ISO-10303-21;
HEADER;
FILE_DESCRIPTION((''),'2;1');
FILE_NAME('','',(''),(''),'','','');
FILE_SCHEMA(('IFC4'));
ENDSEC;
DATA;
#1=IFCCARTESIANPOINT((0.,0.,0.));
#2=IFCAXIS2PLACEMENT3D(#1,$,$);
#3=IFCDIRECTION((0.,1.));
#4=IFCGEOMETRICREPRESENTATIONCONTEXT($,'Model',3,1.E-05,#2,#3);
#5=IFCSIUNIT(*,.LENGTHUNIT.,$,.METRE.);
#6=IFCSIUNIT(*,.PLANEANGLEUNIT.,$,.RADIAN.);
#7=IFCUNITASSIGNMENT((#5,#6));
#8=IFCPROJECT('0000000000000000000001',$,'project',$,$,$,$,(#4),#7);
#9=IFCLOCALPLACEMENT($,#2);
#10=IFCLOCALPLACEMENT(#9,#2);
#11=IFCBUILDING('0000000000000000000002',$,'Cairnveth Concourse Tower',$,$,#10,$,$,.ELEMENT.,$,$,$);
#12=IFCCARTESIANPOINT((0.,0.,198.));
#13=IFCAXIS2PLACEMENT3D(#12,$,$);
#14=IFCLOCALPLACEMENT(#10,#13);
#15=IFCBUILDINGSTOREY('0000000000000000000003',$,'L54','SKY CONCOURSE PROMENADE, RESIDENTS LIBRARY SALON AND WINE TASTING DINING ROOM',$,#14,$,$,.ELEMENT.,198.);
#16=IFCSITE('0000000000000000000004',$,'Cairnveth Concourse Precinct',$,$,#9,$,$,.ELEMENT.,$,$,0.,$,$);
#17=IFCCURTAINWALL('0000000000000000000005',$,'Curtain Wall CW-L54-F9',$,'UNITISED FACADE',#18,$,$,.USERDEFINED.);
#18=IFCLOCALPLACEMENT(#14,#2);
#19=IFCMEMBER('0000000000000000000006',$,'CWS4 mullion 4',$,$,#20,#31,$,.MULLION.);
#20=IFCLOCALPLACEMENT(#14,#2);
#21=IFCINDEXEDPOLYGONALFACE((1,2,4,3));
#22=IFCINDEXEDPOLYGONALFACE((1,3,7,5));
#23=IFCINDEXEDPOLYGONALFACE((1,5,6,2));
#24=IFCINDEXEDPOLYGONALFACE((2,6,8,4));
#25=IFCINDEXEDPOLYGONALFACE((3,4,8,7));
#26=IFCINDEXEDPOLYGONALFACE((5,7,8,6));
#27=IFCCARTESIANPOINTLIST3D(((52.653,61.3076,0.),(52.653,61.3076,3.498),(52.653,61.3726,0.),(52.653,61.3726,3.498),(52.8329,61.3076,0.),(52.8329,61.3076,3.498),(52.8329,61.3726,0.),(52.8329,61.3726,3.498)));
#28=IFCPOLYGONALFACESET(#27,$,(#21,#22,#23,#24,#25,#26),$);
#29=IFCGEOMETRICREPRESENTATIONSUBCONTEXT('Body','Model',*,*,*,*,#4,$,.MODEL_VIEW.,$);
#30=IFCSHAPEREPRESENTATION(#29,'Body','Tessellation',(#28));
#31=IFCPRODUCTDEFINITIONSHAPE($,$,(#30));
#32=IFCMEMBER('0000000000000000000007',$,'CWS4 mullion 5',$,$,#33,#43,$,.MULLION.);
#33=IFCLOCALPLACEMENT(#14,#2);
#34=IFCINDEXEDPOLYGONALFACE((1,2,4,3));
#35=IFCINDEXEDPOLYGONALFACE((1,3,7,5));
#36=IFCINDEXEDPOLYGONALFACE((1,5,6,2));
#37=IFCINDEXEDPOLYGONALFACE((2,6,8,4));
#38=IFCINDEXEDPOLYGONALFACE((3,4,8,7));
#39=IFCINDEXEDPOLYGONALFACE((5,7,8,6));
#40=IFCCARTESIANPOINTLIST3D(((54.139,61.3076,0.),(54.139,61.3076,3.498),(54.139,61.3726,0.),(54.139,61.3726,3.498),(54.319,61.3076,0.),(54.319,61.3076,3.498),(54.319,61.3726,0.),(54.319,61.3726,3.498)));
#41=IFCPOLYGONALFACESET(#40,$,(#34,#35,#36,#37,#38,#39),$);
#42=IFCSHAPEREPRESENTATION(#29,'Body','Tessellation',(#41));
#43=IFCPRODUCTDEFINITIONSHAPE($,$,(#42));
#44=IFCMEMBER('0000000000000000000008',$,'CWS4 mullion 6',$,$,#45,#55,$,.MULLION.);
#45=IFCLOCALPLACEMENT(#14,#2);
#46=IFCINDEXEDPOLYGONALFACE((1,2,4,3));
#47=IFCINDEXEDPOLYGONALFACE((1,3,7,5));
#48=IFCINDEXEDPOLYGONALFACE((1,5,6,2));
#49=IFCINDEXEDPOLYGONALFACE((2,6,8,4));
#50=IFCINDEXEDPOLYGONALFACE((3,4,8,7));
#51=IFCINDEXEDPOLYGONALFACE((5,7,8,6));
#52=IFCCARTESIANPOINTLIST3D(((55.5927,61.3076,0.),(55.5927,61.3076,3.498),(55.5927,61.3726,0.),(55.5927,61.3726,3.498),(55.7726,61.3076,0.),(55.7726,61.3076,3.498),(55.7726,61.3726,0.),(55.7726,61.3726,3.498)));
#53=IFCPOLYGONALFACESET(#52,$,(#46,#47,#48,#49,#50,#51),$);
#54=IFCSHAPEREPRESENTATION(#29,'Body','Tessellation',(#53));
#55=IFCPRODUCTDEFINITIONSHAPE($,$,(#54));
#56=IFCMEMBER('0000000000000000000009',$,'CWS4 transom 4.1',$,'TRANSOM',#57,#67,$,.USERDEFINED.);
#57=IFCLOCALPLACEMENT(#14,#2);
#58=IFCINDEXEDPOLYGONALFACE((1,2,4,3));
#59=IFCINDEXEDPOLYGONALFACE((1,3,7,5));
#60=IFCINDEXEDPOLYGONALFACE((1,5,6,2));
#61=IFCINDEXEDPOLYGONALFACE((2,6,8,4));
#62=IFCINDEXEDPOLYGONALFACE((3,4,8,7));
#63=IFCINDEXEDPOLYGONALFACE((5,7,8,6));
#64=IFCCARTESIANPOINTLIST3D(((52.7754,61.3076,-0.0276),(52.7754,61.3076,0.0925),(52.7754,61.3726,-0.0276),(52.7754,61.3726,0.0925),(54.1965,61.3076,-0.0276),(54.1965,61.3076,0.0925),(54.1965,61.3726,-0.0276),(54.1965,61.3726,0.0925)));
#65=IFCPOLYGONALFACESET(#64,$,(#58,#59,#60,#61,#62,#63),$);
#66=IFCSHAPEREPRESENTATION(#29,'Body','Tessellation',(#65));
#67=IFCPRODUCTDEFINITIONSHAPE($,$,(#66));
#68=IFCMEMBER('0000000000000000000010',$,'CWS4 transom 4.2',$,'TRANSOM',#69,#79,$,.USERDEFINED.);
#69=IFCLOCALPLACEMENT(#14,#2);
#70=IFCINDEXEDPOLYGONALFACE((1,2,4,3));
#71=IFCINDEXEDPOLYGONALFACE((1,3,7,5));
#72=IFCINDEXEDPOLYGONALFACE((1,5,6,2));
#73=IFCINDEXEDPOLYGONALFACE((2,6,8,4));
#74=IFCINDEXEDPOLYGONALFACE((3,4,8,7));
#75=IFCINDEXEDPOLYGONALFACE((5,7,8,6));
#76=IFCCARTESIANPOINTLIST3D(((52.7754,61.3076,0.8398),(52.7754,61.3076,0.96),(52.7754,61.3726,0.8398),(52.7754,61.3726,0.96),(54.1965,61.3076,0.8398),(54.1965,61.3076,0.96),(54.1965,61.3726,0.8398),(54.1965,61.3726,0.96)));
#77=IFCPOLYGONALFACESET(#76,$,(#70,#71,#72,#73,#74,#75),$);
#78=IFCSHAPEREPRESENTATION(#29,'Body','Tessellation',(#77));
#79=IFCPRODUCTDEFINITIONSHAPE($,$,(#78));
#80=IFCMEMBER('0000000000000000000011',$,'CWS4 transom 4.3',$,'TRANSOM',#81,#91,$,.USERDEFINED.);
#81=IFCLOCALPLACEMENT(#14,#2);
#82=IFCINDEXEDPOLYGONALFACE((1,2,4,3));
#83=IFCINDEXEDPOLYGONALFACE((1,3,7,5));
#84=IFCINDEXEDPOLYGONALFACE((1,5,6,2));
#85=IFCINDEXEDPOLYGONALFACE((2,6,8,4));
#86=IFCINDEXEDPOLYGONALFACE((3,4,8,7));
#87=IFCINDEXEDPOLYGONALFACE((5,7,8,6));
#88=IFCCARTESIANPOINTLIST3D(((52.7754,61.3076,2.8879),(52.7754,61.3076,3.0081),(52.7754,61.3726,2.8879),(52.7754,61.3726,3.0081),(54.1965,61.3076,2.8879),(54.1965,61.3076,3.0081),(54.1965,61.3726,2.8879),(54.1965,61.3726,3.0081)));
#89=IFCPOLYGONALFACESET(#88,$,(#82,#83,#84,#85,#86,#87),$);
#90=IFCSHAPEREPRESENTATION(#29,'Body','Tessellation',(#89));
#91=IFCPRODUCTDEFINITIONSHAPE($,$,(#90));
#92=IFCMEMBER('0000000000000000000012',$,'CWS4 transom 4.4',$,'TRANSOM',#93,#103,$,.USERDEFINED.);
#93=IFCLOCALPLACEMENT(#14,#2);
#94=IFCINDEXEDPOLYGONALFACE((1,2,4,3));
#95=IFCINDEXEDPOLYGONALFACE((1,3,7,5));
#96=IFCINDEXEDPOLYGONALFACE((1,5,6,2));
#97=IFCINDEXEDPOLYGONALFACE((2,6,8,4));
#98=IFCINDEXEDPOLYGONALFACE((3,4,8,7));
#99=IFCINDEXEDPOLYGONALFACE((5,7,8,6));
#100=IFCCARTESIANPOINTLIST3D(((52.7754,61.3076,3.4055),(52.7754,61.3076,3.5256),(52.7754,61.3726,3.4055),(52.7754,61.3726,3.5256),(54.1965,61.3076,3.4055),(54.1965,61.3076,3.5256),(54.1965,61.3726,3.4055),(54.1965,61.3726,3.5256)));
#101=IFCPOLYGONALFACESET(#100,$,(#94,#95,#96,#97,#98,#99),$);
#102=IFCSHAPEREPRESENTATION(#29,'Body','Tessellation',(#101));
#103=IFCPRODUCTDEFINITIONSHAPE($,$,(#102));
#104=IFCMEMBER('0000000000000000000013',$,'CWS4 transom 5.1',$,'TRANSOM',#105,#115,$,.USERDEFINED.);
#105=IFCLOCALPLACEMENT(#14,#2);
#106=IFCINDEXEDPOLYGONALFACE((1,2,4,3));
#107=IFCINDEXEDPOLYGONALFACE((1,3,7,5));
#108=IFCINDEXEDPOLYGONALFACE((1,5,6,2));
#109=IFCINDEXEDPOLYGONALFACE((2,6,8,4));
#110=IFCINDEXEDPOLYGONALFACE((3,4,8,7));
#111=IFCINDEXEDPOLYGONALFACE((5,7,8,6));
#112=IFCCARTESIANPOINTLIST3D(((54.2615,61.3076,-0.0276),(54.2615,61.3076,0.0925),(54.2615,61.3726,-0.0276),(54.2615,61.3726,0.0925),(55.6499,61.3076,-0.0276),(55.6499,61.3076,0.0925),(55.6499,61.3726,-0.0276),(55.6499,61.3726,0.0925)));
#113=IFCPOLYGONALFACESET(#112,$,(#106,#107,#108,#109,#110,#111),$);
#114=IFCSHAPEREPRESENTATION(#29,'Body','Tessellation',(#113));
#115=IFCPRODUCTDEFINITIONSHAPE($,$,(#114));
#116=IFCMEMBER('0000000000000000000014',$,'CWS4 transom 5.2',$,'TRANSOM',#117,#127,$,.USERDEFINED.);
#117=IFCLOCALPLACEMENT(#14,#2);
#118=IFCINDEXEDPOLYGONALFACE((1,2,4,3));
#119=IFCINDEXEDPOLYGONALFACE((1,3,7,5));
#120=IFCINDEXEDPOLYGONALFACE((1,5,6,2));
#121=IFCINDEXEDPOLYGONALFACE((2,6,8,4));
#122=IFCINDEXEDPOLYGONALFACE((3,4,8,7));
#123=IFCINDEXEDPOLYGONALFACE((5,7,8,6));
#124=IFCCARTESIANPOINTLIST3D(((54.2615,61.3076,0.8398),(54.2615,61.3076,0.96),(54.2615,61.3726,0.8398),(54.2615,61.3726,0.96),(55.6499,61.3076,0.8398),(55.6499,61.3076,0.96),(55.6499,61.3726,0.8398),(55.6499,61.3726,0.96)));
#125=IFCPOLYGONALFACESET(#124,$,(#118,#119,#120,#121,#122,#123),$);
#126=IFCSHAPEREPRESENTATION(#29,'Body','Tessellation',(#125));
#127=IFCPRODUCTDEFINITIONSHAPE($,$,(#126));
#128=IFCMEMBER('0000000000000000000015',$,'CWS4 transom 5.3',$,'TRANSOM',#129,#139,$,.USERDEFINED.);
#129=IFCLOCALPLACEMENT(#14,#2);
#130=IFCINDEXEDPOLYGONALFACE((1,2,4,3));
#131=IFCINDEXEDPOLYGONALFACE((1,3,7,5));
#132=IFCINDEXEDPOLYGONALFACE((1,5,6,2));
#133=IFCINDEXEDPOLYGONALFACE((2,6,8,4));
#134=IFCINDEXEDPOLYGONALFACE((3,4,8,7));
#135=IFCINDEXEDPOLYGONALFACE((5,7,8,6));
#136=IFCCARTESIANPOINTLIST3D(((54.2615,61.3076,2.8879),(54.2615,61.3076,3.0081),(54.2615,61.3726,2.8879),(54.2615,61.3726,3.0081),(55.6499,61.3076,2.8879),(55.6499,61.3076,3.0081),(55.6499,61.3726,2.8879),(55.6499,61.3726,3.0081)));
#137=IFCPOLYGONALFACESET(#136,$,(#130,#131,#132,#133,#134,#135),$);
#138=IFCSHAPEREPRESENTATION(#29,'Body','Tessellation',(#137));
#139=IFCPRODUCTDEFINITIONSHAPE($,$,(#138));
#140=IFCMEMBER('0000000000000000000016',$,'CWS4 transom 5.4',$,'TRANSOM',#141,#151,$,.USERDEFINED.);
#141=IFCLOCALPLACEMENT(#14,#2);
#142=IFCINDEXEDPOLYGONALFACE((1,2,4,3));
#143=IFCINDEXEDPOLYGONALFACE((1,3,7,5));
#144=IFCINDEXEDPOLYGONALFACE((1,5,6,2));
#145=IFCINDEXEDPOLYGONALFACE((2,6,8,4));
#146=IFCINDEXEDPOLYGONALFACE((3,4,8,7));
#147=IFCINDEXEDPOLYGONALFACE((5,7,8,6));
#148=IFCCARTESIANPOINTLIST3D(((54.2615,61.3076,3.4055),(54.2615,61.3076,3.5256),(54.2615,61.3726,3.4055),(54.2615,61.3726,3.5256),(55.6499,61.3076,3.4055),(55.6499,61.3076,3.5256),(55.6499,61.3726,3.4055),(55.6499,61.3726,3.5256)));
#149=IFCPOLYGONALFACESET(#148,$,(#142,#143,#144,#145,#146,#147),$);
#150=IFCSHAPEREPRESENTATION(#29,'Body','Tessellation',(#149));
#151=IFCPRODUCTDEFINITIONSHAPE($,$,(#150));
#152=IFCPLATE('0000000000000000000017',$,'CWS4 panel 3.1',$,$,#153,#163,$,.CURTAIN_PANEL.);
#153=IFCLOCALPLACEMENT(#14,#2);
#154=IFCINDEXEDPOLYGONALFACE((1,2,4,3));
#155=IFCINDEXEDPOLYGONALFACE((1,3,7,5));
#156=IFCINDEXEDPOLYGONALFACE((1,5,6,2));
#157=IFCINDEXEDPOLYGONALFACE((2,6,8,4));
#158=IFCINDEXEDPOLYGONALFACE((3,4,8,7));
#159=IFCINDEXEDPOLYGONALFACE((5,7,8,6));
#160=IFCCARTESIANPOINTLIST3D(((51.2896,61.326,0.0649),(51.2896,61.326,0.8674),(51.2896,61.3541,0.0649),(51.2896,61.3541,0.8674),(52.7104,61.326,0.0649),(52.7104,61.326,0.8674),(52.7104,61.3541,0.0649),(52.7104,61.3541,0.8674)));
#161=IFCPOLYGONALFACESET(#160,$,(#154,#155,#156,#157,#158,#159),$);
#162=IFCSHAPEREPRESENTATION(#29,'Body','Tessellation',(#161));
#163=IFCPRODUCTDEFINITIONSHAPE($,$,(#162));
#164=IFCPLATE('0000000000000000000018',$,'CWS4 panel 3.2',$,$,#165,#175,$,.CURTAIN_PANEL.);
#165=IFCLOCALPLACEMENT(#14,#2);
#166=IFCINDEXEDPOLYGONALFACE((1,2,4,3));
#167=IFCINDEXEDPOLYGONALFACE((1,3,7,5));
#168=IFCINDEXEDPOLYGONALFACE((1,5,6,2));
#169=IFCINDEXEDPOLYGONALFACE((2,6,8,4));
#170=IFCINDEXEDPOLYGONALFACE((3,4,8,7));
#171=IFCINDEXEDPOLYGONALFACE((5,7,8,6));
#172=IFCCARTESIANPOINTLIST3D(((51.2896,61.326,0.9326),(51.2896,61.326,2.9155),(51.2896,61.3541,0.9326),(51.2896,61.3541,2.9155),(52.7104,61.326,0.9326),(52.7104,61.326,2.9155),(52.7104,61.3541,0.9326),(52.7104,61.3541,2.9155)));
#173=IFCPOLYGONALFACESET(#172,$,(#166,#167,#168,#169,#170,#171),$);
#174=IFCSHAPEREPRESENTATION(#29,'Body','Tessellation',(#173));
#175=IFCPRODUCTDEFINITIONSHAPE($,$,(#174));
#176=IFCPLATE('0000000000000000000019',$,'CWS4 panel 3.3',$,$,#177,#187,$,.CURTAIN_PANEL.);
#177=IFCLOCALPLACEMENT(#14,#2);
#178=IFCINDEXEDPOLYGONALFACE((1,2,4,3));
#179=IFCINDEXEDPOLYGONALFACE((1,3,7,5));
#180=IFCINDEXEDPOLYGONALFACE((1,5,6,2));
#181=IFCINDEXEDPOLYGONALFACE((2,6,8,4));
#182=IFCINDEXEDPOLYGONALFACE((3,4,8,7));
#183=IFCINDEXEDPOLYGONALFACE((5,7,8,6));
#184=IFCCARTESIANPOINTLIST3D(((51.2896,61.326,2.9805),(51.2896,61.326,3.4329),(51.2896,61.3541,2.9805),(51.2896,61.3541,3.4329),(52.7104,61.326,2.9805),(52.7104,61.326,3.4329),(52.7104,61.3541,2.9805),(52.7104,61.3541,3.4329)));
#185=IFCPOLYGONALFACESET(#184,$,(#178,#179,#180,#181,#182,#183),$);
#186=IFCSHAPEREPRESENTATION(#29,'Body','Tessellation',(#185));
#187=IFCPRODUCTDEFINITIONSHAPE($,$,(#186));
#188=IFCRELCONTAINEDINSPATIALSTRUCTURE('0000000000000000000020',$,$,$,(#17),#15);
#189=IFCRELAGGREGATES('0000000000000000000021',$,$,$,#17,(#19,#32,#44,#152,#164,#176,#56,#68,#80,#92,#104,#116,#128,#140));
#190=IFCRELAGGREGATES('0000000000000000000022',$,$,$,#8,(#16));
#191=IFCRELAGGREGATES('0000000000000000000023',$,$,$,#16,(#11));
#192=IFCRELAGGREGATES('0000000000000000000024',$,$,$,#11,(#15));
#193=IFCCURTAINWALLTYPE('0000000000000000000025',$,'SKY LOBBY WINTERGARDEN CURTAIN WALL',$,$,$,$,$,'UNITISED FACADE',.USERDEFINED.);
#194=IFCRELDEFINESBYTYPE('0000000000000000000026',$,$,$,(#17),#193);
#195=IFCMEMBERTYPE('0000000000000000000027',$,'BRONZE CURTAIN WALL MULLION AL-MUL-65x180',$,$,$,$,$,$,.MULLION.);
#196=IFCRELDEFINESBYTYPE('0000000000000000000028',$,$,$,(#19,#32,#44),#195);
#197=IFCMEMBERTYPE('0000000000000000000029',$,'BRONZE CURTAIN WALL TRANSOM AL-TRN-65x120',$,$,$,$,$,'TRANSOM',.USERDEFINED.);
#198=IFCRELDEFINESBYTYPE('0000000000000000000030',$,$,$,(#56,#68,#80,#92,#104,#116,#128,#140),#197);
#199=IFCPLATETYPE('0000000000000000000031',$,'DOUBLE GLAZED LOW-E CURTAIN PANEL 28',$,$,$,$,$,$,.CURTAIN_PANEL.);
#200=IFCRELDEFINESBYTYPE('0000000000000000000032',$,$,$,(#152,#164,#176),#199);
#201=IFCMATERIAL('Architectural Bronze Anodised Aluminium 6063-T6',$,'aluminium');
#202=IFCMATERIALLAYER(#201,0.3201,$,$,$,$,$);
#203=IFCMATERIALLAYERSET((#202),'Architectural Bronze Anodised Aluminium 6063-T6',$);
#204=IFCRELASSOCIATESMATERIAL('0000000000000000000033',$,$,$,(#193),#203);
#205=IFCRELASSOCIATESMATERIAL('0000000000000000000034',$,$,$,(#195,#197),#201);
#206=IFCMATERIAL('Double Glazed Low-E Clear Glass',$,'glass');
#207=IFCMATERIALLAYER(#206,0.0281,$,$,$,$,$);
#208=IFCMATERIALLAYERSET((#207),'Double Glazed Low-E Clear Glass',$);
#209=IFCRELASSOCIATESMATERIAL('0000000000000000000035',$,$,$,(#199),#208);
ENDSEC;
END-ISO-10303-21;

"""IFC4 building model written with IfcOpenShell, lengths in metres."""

from ifc_helpers import new_model, si_unit, direction, frame, origin, origin_2d, place, context, subcontext, project, spatial, rectangle, extrude, material, layer, layer_set, material_profile, profile_set, type_object, element, aggregate, save


model = new_model("IFC4")

# Units and contexts
model_context = context("Model", 3, precision=1e-05, world=origin(), true_north=direction((0.0, 1.0)))
body_context = subcontext(model_context, "Body", "Model", "MODEL_VIEW")
ifc_project = project(units=[si_unit("LENGTHUNIT", "METRE"), si_unit("PLANEANGLEUNIT", "RADIAN")], contexts=[model_context])

# Site, building, storey
site_placement = place(None, origin())
site = spatial("IfcSite", under=ifc_project, at=site_placement, Name="Cairnveth Concourse Precinct", CompositionType="ELEMENT", RefElevation=0.0)
building_placement = place(site_placement, origin())
building = spatial("IfcBuilding", under=site, at=building_placement, Name="Cairnveth Concourse Tower", CompositionType="ELEMENT")
storey_placement = place(building_placement, frame((0.0, 0.0, 198.0)))
storey = spatial("IfcBuildingStorey", under=building, at=storey_placement, Name="L54", Description="SKY CONCOURSE PROMENADE, RESIDENTS LIBRARY SALON AND WINE TASTING DINING ROOM", CompositionType="ELEMENT", Elevation=198.0)

# Curtain wall, members, plates
ifc_material_1 = material(Name="Architectural Bronze Anodised Aluminium 6063-T6", Category="aluminium")
ifc_layer_1 = layer(ifc_material_1, 0.3201)
ifc_layer_set_1 = layer_set([ifc_layer_1], Name="Architectural Bronze Anodised Aluminium 6063-T6")
curtain_wall_type = type_object("IfcCurtainWallType", Name="SKY LOBBY WINTERGARDEN CURTAIN WALL", ElementType="UNITISED FACADE", PredefinedType="USERDEFINED", material=ifc_layer_set_1)
curtain_wall_placement = place(storey_placement, origin())
curtain_wall = element("IfcCurtainWall", 1, at=curtain_wall_placement, inside=storey, type_object=curtain_wall_type, Name="Curtain Wall CW-L54-F9", ObjectType="UNITISED FACADE", PredefinedType="USERDEFINED")
ifc_material_profile_1 = material_profile(ifc_material_1, rectangle(XDim=0.0649, YDim=0.1799, at=origin_2d()), Name="AL-MUL-65x180")
ifc_profile_set_1 = profile_set([ifc_material_profile_1], Name="Architectural Bronze Anodised Aluminium 6063-T6")
member_type_1 = type_object("IfcMemberType", Name="BRONZE CURTAIN WALL MULLION AL-MUL-65x180", PredefinedType="MULLION", material=ifc_profile_set_1)
member_1_placement = place(storey_placement, frame((52.7429, 61.3401, 0.0), z_axis=(0.0, 0.0, 1.0), x_axis=(0.0, 1.0, 0.0)))
member_1 = element("IfcMember", 2, at=member_1_placement, type_object=member_type_1, Name="CWS4 mullion 4", PredefinedType="MULLION", context=body_context, shape_type="SweptSolid", body=[
    extrude(rectangle(XDim=0.0649, YDim=0.1799, at=origin_2d()), origin(), (0.0, 0.0, 1.0), 3.498),
])
member_2_placement = place(storey_placement, frame((54.229, 61.3401, 0.0), z_axis=(0.0, 0.0, 1.0), x_axis=(0.0, 1.0, 0.0)))
member_2 = element("IfcMember", 3, at=member_2_placement, type_object=member_type_1, Name="CWS4 mullion 5", PredefinedType="MULLION", context=body_context, shape_type="SweptSolid", body=[
    extrude(rectangle(XDim=0.0649, YDim=0.1799, at=origin_2d()), origin(), (0.0, 0.0, 1.0), 3.498),
])
member_3_placement = place(storey_placement, frame((55.6826, 61.3401, 0.0), z_axis=(0.0, 0.0, 1.0), x_axis=(0.0, 1.0, 0.0)))
member_3 = element("IfcMember", 4, at=member_3_placement, type_object=member_type_1, Name="CWS4 mullion 6", PredefinedType="MULLION", context=body_context, shape_type="SweptSolid", body=[
    extrude(rectangle(XDim=0.0649, YDim=0.1799, at=origin_2d()), origin(), (0.0, 0.0, 1.0), 3.498),
])
ifc_material_profile_2 = material_profile(ifc_material_1, rectangle(XDim=0.0649, YDim=0.1201, at=origin_2d()), Name="AL-TRN-65x120")
ifc_profile_set_2 = profile_set([ifc_material_profile_2], Name="Architectural Bronze Anodised Aluminium 6063-T6")
member_type_2 = type_object("IfcMemberType", Name="BRONZE CURTAIN WALL TRANSOM AL-TRN-65x120", ElementType="TRANSOM", PredefinedType="USERDEFINED", material=ifc_profile_set_2)
member_4_placement = place(storey_placement, frame((52.7754, 61.3401, 0.0325), z_axis=(1.0, 0.0, 0.0), x_axis=(0.0, 1.0, 0.0)))
member_4 = element("IfcMember", 5, at=member_4_placement, type_object=member_type_2, Name="CWS4 transom 4.1", ObjectType="TRANSOM", PredefinedType="USERDEFINED", context=body_context, shape_type="SweptSolid", body=[
    extrude(rectangle(XDim=0.0649, YDim=0.1201, at=origin_2d()), origin(), (0.0, 0.0, 1.0), 1.4211),
])
member_5_placement = place(storey_placement, frame((52.7754, 61.3401, 0.8999), z_axis=(1.0, 0.0, 0.0), x_axis=(0.0, 1.0, 0.0)))
member_5 = element("IfcMember", 6, at=member_5_placement, type_object=member_type_2, Name="CWS4 transom 4.2", ObjectType="TRANSOM", PredefinedType="USERDEFINED", context=body_context, shape_type="SweptSolid", body=[
    extrude(rectangle(XDim=0.0649, YDim=0.1201, at=origin_2d()), origin(), (0.0, 0.0, 1.0), 1.4211),
])
member_6_placement = place(storey_placement, frame((52.7754, 61.3401, 2.948), z_axis=(1.0, 0.0, 0.0), x_axis=(0.0, 1.0, 0.0)))
member_6 = element("IfcMember", 7, at=member_6_placement, type_object=member_type_2, Name="CWS4 transom 4.3", ObjectType="TRANSOM", PredefinedType="USERDEFINED", context=body_context, shape_type="SweptSolid", body=[
    extrude(rectangle(XDim=0.0649, YDim=0.1201, at=origin_2d()), origin(), (0.0, 0.0, 1.0), 1.4211),
])
member_7_placement = place(storey_placement, frame((52.7754, 61.3401, 3.4656), z_axis=(1.0, 0.0, 0.0), x_axis=(0.0, 1.0, 0.0)))
member_7 = element("IfcMember", 8, at=member_7_placement, type_object=member_type_2, Name="CWS4 transom 4.4", ObjectType="TRANSOM", PredefinedType="USERDEFINED", context=body_context, shape_type="SweptSolid", body=[
    extrude(rectangle(XDim=0.0649, YDim=0.1201, at=origin_2d()), origin(), (0.0, 0.0, 1.0), 1.4211),
])
member_8_placement = place(storey_placement, frame((54.2615, 61.3401, 0.0325), z_axis=(1.0, 0.0, 0.0), x_axis=(0.0, 1.0, 0.0)))
member_8 = element("IfcMember", 9, at=member_8_placement, type_object=member_type_2, Name="CWS4 transom 5.1", ObjectType="TRANSOM", PredefinedType="USERDEFINED", context=body_context, shape_type="SweptSolid", body=[
    extrude(rectangle(XDim=0.0649, YDim=0.1201, at=origin_2d()), origin(), (0.0, 0.0, 1.0), 1.3884),
])
member_9_placement = place(storey_placement, frame((54.2615, 61.3401, 0.8999), z_axis=(1.0, 0.0, 0.0), x_axis=(0.0, 1.0, 0.0)))
member_9 = element("IfcMember", 10, at=member_9_placement, type_object=member_type_2, Name="CWS4 transom 5.2", ObjectType="TRANSOM", PredefinedType="USERDEFINED", context=body_context, shape_type="SweptSolid", body=[
    extrude(rectangle(XDim=0.0649, YDim=0.1201, at=origin_2d()), origin(), (0.0, 0.0, 1.0), 1.3884),
])
member_10_placement = place(storey_placement, frame((54.2615, 61.3401, 2.948), z_axis=(1.0, 0.0, 0.0), x_axis=(0.0, 1.0, 0.0)))
member_10 = element("IfcMember", 11, at=member_10_placement, type_object=member_type_2, Name="CWS4 transom 5.3", ObjectType="TRANSOM", PredefinedType="USERDEFINED", context=body_context, shape_type="SweptSolid", body=[
    extrude(rectangle(XDim=0.0649, YDim=0.1201, at=origin_2d()), origin(), (0.0, 0.0, 1.0), 1.3884),
])
member_11_placement = place(storey_placement, frame((54.2615, 61.3401, 3.4656), z_axis=(1.0, 0.0, 0.0), x_axis=(0.0, 1.0, 0.0)))
member_11 = element("IfcMember", 12, at=member_11_placement, type_object=member_type_2, Name="CWS4 transom 5.4", ObjectType="TRANSOM", PredefinedType="USERDEFINED", context=body_context, shape_type="SweptSolid", body=[
    extrude(rectangle(XDim=0.0649, YDim=0.1201, at=origin_2d()), origin(), (0.0, 0.0, 1.0), 1.3884),
])
ifc_material_2 = material(Name="Double Glazed Low-E Clear Glass", Category="glass")
ifc_layer_2 = layer(ifc_material_2, 0.0281)
ifc_layer_set_2 = layer_set([ifc_layer_2], Name="Double Glazed Low-E Clear Glass")
plate_type = type_object("IfcPlateType", Name="DOUBLE GLAZED LOW-E CURTAIN PANEL 28", PredefinedType="CURTAIN_PANEL", material=ifc_layer_set_2)
plate_1_placement = place(storey_placement, frame((52.0, 61.3401, 0.0649), z_axis=(0.0, 0.0, 1.0), x_axis=(1.0, 0.0, 0.0)))
plate_1 = element("IfcPlate", 13, at=plate_1_placement, type_object=plate_type, Name="CWS4 panel 3.1", PredefinedType="CURTAIN_PANEL", context=body_context, shape_type="SweptSolid", body=[
    extrude(rectangle(XDim=1.4209, YDim=0.0281, at=origin_2d()), origin(), (0.0, 0.0, 1.0), 0.8025),
])
plate_2_placement = place(storey_placement, frame((52.0, 61.3401, 0.9326), z_axis=(0.0, 0.0, 1.0), x_axis=(1.0, 0.0, 0.0)))
plate_2 = element("IfcPlate", 14, at=plate_2_placement, type_object=plate_type, Name="CWS4 panel 3.2", PredefinedType="CURTAIN_PANEL", context=body_context, shape_type="SweptSolid", body=[
    extrude(rectangle(XDim=1.4209, YDim=0.0281, at=origin_2d()), origin(), (0.0, 0.0, 1.0), 1.9829),
])
plate_3_placement = place(storey_placement, frame((52.0, 61.3401, 2.9805), z_axis=(0.0, 0.0, 1.0), x_axis=(1.0, 0.0, 0.0)))
plate_3 = element("IfcPlate", 15, at=plate_3_placement, type_object=plate_type, Name="CWS4 panel 3.3", PredefinedType="CURTAIN_PANEL", context=body_context, shape_type="SweptSolid", body=[
    extrude(rectangle(XDim=1.4209, YDim=0.0281, at=origin_2d()), origin(), (0.0, 0.0, 1.0), 0.4524),
])
aggregate(curtain_wall, [member_1, member_2, member_3, plate_1, plate_2, plate_3, member_4, member_5, member_6, member_7, member_8, member_9, member_10, member_11])

save(model, "model.ifc")
